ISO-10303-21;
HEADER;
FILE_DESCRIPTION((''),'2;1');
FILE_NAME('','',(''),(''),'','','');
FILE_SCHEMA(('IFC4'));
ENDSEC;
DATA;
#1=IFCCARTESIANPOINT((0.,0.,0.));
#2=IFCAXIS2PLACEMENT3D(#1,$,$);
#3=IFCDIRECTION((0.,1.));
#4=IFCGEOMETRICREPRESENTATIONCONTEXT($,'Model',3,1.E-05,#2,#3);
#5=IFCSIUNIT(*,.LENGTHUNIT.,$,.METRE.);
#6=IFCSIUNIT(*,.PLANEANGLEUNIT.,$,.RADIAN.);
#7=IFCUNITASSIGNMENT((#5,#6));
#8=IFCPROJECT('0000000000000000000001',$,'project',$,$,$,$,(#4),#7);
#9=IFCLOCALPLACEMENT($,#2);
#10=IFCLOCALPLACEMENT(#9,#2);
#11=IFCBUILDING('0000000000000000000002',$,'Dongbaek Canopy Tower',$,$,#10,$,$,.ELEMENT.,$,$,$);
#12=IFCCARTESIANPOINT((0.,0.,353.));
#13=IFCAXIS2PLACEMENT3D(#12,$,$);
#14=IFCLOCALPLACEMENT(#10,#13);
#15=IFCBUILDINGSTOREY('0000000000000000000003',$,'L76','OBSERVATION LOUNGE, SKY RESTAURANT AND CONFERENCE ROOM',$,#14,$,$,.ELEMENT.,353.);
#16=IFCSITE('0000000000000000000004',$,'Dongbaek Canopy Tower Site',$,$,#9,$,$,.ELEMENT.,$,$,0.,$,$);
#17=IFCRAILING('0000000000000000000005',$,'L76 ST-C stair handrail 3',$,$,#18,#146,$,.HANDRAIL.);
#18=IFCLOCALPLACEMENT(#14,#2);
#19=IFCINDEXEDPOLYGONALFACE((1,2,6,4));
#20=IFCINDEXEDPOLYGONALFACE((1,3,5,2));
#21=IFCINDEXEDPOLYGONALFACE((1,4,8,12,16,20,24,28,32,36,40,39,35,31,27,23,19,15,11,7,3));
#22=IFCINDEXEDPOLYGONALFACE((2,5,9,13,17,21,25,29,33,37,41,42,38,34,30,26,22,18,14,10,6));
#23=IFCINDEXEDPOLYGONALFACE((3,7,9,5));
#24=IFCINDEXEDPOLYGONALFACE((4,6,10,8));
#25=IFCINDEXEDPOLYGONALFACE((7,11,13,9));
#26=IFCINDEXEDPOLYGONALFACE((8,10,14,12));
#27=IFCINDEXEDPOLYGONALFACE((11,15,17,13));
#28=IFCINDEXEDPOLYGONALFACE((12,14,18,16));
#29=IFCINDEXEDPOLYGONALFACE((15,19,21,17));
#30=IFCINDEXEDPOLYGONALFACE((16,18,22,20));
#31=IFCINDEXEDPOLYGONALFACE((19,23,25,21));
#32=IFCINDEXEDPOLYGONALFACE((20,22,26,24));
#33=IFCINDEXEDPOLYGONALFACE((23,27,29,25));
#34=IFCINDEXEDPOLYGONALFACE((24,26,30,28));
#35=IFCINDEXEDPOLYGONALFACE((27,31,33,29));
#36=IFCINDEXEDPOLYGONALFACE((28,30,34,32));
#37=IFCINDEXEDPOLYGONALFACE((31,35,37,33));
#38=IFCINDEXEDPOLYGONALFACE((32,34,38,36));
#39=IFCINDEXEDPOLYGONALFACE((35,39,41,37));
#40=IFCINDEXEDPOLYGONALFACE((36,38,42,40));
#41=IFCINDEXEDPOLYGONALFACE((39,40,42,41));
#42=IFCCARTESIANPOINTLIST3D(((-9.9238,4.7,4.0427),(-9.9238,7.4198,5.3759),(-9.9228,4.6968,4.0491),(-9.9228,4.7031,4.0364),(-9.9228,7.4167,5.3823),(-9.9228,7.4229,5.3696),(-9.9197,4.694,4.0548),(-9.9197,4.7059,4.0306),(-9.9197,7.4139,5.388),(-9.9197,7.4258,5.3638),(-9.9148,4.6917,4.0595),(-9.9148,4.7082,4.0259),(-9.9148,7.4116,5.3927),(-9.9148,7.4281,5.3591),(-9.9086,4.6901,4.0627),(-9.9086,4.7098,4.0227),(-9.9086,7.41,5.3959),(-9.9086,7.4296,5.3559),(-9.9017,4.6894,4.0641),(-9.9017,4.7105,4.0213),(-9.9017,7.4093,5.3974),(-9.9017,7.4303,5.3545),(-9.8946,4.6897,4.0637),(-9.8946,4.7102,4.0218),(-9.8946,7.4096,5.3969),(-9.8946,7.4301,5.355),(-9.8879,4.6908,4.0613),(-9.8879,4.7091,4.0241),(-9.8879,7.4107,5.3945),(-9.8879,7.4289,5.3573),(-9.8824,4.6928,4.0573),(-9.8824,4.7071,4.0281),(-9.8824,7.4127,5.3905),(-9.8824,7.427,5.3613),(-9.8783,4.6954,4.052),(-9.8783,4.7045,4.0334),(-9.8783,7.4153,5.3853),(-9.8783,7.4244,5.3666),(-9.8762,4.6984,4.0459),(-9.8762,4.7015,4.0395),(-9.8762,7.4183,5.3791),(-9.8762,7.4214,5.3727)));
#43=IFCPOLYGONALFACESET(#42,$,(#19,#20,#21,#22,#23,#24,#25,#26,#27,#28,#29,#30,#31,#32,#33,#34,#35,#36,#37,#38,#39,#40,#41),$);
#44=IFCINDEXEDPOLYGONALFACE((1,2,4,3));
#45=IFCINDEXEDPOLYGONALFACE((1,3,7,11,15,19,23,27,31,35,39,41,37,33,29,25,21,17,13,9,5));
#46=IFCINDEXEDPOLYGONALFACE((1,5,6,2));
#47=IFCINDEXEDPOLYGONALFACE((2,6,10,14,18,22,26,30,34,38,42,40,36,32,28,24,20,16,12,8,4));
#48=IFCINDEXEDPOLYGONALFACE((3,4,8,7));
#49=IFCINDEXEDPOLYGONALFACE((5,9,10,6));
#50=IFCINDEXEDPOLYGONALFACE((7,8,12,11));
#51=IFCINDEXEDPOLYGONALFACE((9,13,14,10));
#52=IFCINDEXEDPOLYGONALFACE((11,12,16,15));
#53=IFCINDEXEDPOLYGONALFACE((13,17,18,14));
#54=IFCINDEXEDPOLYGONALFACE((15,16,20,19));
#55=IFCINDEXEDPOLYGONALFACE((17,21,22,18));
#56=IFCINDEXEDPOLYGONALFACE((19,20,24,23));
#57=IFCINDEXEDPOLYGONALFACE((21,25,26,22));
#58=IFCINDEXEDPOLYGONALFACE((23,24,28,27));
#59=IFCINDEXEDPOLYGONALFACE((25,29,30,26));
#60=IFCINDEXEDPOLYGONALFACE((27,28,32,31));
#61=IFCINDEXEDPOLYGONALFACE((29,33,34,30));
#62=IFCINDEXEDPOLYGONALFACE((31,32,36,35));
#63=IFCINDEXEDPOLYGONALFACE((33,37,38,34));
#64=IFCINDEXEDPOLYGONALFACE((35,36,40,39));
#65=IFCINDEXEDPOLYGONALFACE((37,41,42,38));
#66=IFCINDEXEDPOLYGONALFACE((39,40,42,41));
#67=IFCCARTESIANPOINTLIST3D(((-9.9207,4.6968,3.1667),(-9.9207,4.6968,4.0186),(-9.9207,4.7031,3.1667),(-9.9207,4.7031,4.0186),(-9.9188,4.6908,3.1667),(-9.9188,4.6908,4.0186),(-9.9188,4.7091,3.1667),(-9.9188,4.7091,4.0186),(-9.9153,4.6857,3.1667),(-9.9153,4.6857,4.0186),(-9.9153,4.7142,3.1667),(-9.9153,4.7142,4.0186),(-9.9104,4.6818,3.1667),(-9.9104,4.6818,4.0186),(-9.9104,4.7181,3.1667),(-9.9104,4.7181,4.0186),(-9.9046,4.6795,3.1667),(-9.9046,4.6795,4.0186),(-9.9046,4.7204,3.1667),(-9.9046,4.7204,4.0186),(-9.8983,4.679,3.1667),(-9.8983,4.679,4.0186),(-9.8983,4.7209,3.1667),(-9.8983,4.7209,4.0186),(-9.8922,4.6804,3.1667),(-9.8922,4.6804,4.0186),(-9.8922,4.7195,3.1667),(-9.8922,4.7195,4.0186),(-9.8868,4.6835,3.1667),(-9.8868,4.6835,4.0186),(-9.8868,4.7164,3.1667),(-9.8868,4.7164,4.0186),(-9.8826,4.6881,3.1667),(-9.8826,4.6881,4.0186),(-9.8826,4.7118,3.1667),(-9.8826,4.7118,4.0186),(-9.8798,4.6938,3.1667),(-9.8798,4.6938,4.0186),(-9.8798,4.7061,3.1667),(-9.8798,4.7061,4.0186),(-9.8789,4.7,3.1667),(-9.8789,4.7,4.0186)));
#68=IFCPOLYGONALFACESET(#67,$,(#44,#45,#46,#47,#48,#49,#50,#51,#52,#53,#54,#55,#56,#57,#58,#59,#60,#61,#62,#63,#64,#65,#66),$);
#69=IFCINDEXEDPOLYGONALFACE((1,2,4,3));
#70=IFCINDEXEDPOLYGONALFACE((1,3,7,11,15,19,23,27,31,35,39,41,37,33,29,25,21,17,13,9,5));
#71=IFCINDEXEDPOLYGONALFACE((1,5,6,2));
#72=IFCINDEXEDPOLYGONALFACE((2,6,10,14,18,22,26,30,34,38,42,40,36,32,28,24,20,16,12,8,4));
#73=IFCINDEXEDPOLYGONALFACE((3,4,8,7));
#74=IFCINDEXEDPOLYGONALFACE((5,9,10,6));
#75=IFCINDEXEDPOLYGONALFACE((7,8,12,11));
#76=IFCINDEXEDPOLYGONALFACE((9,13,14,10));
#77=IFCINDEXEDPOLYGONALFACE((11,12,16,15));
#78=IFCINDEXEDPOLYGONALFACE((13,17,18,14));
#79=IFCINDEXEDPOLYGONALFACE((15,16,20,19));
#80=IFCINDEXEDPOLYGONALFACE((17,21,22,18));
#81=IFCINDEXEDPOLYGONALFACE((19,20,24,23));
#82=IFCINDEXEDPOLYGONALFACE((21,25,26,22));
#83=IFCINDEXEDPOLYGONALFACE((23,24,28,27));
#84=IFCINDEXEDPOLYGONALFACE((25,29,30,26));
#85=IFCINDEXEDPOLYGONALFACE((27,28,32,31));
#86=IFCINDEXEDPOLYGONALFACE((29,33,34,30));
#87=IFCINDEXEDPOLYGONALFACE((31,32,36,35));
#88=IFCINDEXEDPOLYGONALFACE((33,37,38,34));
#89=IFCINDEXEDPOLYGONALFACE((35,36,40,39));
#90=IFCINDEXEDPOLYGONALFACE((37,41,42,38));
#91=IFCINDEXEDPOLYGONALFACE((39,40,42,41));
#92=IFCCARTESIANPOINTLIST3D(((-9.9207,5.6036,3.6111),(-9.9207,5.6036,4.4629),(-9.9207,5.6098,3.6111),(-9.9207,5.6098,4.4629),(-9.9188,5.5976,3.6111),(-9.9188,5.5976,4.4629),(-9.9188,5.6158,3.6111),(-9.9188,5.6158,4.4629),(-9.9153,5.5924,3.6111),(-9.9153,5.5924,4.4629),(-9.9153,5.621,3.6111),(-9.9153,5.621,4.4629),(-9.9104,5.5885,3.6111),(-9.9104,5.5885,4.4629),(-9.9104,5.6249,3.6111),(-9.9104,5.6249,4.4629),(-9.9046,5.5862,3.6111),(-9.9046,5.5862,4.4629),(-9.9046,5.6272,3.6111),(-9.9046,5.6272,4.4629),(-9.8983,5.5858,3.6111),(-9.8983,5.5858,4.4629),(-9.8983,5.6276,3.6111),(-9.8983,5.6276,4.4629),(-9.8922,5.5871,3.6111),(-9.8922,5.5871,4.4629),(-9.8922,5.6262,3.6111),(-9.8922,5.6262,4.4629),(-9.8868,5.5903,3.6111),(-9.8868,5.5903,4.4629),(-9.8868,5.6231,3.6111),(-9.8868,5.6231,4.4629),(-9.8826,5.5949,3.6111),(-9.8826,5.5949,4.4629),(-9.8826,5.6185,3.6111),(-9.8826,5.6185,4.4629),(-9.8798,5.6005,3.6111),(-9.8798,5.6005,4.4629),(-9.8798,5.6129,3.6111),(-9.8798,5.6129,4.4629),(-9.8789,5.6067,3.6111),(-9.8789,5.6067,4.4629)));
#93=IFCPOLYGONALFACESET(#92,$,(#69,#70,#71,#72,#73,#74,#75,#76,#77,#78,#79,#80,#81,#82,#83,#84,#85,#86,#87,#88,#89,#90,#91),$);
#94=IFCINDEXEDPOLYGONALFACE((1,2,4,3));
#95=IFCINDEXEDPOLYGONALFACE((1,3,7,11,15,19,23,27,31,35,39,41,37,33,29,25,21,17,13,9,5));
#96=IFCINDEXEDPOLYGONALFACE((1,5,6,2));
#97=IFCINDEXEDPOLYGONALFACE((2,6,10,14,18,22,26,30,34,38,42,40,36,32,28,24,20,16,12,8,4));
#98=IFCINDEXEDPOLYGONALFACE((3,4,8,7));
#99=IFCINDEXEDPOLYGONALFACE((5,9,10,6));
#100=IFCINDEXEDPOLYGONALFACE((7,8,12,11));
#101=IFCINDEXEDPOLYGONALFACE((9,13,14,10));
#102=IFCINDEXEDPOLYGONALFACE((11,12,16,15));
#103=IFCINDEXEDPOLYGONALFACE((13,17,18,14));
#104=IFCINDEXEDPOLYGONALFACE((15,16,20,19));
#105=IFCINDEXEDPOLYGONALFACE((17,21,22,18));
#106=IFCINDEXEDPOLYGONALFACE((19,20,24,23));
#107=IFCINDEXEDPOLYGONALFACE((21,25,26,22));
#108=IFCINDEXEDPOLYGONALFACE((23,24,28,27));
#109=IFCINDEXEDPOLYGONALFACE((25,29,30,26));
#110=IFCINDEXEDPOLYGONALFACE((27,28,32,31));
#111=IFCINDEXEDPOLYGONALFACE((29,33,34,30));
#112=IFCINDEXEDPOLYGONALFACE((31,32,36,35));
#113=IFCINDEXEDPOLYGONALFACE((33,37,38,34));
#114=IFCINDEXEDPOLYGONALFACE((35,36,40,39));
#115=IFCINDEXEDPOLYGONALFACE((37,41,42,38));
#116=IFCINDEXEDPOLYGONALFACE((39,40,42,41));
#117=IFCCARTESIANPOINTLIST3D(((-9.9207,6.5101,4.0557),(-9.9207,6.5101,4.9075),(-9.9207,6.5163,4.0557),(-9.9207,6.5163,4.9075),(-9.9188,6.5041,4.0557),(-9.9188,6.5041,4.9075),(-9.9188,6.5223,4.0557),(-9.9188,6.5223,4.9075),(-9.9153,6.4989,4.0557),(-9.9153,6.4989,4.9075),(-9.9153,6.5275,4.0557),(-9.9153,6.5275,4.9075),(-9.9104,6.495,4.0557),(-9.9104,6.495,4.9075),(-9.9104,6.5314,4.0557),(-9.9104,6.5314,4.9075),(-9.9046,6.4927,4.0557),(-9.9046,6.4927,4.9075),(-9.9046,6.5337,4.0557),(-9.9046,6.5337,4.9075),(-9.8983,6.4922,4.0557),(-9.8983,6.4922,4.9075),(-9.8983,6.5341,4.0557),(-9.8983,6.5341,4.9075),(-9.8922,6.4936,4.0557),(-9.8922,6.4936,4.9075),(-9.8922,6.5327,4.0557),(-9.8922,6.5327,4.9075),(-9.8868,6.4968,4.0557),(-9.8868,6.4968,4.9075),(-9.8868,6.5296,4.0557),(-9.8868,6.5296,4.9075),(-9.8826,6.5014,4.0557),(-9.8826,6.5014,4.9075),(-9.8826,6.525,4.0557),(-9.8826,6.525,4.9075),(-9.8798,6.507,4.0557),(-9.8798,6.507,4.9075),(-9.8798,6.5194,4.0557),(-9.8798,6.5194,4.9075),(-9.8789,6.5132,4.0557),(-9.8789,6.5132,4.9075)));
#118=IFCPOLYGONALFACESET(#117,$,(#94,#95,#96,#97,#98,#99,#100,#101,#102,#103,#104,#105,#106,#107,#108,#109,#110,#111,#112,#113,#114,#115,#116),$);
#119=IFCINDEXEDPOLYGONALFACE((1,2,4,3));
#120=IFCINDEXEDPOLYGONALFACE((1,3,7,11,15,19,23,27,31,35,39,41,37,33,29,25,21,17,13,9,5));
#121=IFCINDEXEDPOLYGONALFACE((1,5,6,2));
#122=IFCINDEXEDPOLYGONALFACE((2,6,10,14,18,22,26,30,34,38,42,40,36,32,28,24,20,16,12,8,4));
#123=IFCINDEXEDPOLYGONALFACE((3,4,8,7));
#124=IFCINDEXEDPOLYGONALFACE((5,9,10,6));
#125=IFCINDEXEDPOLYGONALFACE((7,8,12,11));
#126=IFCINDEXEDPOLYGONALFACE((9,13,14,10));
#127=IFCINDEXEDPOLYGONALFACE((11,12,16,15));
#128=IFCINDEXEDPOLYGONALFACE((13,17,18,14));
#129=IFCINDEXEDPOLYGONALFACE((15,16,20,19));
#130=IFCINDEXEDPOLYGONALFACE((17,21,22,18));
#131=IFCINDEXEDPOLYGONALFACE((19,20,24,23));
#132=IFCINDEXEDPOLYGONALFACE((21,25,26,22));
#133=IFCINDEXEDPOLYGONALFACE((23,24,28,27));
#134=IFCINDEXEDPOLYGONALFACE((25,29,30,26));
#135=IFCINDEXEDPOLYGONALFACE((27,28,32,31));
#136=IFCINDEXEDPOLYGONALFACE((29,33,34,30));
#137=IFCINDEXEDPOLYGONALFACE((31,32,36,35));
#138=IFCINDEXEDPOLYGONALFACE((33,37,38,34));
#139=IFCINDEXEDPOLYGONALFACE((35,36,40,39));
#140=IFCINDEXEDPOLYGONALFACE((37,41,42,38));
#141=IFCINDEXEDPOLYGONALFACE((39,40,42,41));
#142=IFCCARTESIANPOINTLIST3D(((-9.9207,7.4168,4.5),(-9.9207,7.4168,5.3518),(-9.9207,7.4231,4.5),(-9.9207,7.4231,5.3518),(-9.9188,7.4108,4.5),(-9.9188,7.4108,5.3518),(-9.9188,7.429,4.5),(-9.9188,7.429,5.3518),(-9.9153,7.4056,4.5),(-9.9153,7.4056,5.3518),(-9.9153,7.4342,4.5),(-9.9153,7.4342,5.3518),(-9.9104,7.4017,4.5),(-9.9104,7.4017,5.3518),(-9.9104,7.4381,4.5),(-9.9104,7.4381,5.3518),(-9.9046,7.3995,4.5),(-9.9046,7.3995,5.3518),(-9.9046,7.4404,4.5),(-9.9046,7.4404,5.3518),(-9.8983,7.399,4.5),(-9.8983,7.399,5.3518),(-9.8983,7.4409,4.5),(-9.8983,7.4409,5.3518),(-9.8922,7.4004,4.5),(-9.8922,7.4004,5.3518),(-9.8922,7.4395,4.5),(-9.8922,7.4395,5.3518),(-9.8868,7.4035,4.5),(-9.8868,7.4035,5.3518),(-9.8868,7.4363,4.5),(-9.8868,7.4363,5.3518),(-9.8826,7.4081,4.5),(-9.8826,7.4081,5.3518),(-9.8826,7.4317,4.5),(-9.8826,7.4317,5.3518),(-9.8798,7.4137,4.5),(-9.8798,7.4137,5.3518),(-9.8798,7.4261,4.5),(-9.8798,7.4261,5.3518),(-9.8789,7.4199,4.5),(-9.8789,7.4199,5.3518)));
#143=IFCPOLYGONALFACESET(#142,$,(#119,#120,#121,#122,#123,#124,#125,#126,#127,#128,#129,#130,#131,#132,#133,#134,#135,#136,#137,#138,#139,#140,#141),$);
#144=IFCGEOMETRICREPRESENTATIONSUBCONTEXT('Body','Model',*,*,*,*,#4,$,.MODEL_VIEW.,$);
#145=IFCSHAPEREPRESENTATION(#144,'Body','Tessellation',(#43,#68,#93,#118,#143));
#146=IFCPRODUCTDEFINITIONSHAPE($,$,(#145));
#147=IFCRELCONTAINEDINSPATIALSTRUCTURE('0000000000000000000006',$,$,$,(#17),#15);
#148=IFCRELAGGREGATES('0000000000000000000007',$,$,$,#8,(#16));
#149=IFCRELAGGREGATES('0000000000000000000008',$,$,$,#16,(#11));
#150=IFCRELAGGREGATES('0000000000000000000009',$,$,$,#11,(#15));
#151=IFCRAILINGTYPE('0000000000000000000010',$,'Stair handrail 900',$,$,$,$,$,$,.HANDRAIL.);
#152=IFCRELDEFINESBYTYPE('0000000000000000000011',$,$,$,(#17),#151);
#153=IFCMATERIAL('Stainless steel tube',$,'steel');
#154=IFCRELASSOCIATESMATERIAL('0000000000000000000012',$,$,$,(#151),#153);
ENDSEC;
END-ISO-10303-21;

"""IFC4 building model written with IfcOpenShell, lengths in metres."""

from ifc_helpers import new_model, si_unit, direction, frame, origin, origin_2d, place, context, subcontext, project, spatial, circle, extrude, material, type_object, element, save


model = new_model("IFC4")

# Units and contexts
model_context = context("Model", 3, precision=1e-05, world=origin(), true_north=direction((0.0, 1.0)))
body_context = subcontext(model_context, "Body", "Model", "MODEL_VIEW")
ifc_project = project(units=[si_unit("LENGTHUNIT", "METRE"), si_unit("PLANEANGLEUNIT", "RADIAN")], contexts=[model_context])

# Site, building, storey
site_placement = place(None, origin())
site = spatial("IfcSite", under=ifc_project, at=site_placement, Name="Dongbaek Canopy Tower Site", CompositionType="ELEMENT", RefElevation=0.0)
building_placement = place(site_placement, origin())
building = spatial("IfcBuilding", under=site, at=building_placement, Name="Dongbaek Canopy Tower", CompositionType="ELEMENT")
storey_placement = place(building_placement, frame((0.0, 0.0, 353.0)))
storey = spatial("IfcBuildingStorey", under=building, at=storey_placement, Name="L76", Description="OBSERVATION LOUNGE, SKY RESTAURANT AND CONFERENCE ROOM", CompositionType="ELEMENT", Elevation=353.0)

# Railing
ifc_material_1 = material(Name="Stainless steel tube", Category="steel")
railing_type_1 = type_object("IfcRailingType", Name="Stair handrail 900", PredefinedType="HANDRAIL", material=ifc_material_1)
for number, where, name in (
    (1, (-9.8999, 4.7, 3.1667), "L76 ST-C stair handrail 3"),
):
    element("IfcRailing", number, at=place(storey_placement, frame(where)), inside=storey, type_object=railing_type_1, Name=name, PredefinedType="HANDRAIL", context=body_context, shape_type="SweptSolid", body=[
        extrude(circle(Radius=0.0239, at=origin_2d()), frame((0.0, 0.0, 0.876), z_axis=(0.0, 0.897929, 0.440139), x_axis=(-1.0, 0.0, 0.0)), (0.0, 0.0, 1.0), 3.0291),
        extrude(circle(Radius=0.021, at=origin_2d()), origin(), (0.0, 0.0, 1.0), 0.8518),
        extrude(circle(Radius=0.021, at=origin_2d()), frame((0.0, 0.9067, 0.4443)), (0.0, 0.0, 1.0), 0.8518),
        extrude(circle(Radius=0.021, at=origin_2d()), frame((0.0, 1.8132, 0.8889)), (0.0, 0.0, 1.0), 0.8518),
        extrude(circle(Radius=0.021, at=origin_2d()), frame((0.0, 2.72, 1.3333)), (0.0, 0.0, 1.0), 0.8518),
    ])

save(model, "model.ifc")
